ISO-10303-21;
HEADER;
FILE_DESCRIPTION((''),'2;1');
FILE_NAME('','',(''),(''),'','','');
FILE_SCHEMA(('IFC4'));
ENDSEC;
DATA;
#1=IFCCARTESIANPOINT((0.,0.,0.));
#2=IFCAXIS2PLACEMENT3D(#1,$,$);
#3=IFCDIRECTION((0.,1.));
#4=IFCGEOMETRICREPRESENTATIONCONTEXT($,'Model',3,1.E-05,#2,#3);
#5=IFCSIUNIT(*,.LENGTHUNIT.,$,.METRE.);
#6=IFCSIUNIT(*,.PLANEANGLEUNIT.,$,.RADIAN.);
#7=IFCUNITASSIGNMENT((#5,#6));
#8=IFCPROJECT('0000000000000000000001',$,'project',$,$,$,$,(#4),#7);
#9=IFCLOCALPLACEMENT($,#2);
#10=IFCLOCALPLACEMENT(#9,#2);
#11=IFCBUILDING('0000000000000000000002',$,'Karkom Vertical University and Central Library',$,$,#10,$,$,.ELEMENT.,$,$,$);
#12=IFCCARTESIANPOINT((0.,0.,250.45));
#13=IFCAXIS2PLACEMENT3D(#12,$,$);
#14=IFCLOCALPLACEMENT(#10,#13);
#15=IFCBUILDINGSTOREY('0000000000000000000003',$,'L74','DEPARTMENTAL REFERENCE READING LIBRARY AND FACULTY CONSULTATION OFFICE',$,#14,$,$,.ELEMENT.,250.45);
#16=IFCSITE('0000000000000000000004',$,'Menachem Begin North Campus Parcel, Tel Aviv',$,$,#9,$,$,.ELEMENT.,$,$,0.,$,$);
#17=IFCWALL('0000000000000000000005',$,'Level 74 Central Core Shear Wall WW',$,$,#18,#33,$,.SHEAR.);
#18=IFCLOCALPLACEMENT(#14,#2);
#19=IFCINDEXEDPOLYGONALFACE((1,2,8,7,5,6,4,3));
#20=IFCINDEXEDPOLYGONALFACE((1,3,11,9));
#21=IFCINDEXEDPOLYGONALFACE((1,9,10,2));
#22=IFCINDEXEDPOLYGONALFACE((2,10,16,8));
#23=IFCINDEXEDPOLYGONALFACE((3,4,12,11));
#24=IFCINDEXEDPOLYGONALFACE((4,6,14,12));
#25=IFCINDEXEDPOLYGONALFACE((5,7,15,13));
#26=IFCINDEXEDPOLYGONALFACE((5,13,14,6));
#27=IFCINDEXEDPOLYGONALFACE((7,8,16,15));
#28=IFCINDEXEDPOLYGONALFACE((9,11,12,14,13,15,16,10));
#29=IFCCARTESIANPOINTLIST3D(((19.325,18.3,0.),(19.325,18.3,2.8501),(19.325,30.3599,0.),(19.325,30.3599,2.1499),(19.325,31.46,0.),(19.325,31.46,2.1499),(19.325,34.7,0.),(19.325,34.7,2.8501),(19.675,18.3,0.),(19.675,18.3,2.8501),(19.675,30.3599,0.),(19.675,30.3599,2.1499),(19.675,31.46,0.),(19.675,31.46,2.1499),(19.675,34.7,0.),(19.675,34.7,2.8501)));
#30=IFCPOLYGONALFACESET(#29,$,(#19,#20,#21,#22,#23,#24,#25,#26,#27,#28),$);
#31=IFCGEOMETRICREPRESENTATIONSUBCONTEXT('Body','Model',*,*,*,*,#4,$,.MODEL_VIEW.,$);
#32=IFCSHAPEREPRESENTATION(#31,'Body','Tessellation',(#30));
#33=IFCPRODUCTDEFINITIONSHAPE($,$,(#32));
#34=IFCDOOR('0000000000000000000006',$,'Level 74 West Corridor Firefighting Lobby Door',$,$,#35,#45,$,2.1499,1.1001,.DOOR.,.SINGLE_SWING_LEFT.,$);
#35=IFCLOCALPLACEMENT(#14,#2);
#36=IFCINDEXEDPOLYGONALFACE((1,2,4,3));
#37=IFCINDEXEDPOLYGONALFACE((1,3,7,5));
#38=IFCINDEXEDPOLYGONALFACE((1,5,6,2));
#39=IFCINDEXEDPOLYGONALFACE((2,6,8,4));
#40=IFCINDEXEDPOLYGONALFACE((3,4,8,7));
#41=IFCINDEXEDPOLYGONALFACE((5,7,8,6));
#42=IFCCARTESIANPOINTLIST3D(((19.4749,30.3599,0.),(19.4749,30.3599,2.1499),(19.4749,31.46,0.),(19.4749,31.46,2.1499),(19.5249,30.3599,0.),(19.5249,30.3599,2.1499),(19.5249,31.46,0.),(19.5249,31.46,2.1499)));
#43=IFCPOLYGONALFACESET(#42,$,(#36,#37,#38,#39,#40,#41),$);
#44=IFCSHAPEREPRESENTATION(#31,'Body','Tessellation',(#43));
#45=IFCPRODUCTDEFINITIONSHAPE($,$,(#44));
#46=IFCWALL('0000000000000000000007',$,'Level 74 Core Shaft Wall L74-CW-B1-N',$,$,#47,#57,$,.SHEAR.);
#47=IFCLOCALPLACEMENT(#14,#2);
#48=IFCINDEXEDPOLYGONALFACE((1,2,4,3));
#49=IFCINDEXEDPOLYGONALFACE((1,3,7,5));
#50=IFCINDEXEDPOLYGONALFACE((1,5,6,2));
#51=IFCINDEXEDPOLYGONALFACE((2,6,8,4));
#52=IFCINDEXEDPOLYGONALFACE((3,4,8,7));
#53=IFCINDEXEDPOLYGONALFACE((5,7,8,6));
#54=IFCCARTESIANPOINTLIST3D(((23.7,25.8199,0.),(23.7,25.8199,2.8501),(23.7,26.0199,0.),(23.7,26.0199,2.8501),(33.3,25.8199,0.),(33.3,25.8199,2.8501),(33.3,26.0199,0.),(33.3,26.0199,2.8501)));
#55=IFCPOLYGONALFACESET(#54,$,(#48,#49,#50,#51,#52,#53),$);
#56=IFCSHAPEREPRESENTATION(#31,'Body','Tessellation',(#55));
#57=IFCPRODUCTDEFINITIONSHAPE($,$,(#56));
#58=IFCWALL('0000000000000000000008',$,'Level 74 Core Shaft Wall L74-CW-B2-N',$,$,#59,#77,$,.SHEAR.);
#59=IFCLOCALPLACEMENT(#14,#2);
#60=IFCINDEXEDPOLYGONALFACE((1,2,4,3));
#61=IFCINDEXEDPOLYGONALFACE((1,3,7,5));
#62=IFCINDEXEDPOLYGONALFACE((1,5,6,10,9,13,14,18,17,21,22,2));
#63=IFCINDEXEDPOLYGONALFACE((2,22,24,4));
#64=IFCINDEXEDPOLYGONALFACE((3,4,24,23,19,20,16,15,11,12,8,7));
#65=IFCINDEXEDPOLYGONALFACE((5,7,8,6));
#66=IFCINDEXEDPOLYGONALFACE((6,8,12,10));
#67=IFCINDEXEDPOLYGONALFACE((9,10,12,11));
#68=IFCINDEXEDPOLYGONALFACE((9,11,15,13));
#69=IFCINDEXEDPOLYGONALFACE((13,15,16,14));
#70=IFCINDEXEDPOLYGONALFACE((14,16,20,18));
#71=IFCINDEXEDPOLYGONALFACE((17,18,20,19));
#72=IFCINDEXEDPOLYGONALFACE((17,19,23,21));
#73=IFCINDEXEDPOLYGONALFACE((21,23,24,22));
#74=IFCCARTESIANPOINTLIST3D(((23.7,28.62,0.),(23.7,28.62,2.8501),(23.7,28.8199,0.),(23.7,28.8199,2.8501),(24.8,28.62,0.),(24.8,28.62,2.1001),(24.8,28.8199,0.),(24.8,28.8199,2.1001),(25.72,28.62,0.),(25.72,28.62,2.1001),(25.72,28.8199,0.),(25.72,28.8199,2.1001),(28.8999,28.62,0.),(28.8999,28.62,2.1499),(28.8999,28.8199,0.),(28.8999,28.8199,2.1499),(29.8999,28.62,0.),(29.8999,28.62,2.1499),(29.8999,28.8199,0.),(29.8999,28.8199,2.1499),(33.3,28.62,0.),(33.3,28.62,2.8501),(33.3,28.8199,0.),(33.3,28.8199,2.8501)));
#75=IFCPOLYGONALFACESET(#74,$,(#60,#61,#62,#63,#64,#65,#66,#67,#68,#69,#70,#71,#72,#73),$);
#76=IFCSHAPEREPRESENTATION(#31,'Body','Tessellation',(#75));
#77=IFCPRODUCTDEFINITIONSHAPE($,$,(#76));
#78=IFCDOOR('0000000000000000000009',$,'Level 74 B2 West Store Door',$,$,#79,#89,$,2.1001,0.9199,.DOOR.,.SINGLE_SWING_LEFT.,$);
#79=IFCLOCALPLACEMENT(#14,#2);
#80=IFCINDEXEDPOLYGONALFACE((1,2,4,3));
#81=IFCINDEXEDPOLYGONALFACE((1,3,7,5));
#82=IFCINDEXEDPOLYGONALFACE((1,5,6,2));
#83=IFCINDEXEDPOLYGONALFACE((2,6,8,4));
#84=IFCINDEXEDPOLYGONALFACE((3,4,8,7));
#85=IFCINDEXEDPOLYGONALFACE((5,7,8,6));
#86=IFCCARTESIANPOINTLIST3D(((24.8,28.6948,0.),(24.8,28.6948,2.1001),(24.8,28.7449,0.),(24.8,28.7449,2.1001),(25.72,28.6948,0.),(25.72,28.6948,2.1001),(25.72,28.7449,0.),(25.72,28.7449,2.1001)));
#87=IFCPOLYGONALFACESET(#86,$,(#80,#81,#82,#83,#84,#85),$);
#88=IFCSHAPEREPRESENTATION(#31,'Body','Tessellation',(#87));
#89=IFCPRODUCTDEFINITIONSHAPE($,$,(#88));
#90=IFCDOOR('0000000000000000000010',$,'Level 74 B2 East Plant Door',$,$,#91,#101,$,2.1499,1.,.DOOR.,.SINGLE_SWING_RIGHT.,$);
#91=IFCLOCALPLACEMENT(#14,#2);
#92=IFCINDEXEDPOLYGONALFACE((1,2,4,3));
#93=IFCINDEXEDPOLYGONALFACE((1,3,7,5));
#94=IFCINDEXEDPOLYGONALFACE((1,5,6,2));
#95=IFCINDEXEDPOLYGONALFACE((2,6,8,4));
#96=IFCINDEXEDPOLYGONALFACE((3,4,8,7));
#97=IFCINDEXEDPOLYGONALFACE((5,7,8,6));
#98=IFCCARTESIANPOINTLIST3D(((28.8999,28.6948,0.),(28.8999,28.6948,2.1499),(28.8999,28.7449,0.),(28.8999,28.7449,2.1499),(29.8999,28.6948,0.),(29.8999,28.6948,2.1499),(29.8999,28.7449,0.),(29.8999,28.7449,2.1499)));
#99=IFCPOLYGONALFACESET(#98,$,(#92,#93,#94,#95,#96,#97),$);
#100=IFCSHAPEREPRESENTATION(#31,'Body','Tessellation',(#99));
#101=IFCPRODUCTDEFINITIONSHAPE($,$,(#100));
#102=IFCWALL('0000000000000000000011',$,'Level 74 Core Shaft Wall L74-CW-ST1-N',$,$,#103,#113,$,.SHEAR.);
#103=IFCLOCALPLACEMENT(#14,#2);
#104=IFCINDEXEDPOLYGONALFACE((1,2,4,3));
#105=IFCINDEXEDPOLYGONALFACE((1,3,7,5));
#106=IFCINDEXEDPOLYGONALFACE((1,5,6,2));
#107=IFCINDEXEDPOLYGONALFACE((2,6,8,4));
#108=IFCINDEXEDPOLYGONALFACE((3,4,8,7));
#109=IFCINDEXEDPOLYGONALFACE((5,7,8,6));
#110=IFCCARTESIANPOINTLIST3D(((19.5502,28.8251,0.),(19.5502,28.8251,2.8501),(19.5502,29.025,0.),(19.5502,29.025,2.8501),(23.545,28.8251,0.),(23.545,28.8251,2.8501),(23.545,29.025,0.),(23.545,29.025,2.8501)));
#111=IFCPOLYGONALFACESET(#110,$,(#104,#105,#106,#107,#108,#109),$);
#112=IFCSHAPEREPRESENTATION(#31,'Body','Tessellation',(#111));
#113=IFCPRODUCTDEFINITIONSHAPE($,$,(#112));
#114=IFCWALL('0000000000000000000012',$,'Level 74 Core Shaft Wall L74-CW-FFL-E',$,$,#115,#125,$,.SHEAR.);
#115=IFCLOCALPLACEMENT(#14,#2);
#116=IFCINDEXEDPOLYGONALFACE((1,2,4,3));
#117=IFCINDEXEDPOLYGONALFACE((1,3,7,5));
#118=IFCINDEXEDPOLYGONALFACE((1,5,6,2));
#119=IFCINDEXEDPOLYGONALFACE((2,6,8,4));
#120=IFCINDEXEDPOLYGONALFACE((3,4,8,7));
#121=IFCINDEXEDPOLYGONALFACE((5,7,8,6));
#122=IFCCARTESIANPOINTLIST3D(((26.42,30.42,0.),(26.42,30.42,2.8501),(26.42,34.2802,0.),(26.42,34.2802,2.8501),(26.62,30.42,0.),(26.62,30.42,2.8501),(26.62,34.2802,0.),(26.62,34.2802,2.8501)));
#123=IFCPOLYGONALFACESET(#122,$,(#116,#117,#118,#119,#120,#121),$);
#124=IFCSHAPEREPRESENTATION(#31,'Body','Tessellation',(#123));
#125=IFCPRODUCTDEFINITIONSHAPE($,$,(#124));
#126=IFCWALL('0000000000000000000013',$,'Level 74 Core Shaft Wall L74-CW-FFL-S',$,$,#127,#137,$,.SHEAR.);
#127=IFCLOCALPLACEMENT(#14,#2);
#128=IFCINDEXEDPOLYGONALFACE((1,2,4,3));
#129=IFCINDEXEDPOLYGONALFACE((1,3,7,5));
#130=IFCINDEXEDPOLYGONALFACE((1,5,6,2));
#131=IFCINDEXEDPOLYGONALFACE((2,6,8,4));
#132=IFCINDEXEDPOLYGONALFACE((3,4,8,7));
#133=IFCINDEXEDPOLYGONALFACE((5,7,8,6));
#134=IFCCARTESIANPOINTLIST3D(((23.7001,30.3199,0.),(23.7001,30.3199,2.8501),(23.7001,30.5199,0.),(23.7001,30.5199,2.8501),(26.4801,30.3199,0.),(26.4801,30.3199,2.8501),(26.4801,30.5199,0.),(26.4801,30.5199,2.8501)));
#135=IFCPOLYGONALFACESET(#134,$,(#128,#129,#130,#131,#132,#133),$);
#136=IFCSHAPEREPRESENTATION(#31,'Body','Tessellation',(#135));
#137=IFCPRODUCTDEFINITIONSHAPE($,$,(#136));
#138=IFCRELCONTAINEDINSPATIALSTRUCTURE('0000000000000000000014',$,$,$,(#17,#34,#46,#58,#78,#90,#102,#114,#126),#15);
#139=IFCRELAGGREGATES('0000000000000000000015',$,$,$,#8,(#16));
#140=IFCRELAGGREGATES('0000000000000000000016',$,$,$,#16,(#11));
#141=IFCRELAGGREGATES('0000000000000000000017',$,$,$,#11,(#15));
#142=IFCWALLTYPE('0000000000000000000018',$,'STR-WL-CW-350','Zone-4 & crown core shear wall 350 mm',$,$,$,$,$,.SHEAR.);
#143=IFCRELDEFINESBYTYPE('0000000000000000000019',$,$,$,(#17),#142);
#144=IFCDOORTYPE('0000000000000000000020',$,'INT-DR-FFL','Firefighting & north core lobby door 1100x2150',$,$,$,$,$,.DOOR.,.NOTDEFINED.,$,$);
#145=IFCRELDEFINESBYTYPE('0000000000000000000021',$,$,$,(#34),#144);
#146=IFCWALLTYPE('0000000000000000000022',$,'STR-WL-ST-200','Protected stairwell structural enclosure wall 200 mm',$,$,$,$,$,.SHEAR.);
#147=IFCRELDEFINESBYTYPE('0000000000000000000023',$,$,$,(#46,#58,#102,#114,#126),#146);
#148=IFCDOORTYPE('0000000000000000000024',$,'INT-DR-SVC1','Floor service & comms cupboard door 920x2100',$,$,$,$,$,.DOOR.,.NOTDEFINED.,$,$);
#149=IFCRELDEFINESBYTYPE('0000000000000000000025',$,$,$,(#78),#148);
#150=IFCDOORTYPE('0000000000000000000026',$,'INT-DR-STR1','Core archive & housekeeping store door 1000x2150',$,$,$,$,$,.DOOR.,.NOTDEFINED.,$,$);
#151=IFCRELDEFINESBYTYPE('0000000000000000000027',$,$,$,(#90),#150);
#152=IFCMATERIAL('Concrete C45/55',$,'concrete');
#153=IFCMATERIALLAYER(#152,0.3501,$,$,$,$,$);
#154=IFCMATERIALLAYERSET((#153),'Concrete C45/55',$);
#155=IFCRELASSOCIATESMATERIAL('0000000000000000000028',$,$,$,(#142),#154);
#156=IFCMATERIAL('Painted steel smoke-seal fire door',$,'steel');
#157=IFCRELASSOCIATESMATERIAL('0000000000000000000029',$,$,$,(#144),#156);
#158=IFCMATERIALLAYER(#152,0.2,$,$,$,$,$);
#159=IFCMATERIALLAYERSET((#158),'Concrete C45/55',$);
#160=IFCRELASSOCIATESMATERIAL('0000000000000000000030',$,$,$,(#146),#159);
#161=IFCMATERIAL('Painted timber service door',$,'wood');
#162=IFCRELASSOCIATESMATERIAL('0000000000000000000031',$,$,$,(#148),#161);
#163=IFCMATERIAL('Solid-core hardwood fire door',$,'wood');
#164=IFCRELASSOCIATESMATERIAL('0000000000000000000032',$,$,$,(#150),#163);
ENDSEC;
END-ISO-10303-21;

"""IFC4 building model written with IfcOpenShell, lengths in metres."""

from ifc_helpers import new_model, si_unit, direction, frame, frame_2d, origin, origin_with_axes, place, context, subcontext, project, spatial, rectangle, extrude, source, transform, mapped, material, layer, layer_set, type_object, element, fill, save


model = new_model("IFC4")

# Units and contexts
model_context = context("Model", 3, precision=1e-05, world=origin(), true_north=direction((0.0, 1.0)))
body_context = subcontext(model_context, "Body", "Model", "MODEL_VIEW")
ifc_project = project(units=[si_unit("LENGTHUNIT", "METRE"), si_unit("PLANEANGLEUNIT", "RADIAN")], contexts=[model_context])

# Site, building, storey
site_placement = place(None, origin())
site = spatial("IfcSite", under=ifc_project, at=site_placement, Name="Menachem Begin North Campus Parcel, Tel Aviv", CompositionType="ELEMENT", RefElevation=0.0)
building_placement = place(site_placement, origin())
building = spatial("IfcBuilding", under=site, at=building_placement, Name="Karkom Vertical University and Central Library", CompositionType="ELEMENT")
storey_placement = place(building_placement, frame((0.0, 0.0, 250.45)))
storey = spatial("IfcBuildingStorey", under=building, at=storey_placement, Name="L74", Description="DEPARTMENTAL REFERENCE READING LIBRARY AND FACULTY CONSULTATION OFFICE", CompositionType="ELEMENT", Elevation=250.45)

# Shared definitions
ifc_material_1 = material(Name="Concrete C45/55", Category="concrete")

# Wall, opening, door
ifc_layer_1 = layer(ifc_material_1, 0.3501)
ifc_layer_set_1 = layer_set([ifc_layer_1], Name="Concrete C45/55")
wall_type_1 = type_object("IfcWallType", Name="STR-WL-CW-350", Description="Zone-4 & crown core shear wall 350 mm", PredefinedType="SHEAR", material=ifc_layer_set_1)
wall_1_placement = place(storey_placement, frame((19.5, 34.7, 0.0), z_axis=(0.0, 0.0, 1.0), x_axis=(0.0, -1.0, 0.0)))
wall_1 = element("IfcWall", 1, at=wall_1_placement, inside=storey, type_object=wall_type_1, Name="Level 74 Central Core Shear Wall WW", PredefinedType="SHEAR", context=body_context, shape_type="SweptSolid", body=[
    extrude(rectangle(XDim=16.3999, YDim=0.3501, at=frame_2d((8.2, 0.0))), origin(), (0.0, 0.0, 1.0), 2.8501),
])
opening_1_placement = place(wall_1_placement, frame((3.24, 0.0, 0.0)))
opening_1 = element("IfcOpeningElement", 2, at=opening_1_placement, cuts=wall_1, PredefinedType="OPENING", context=body_context, shape_type="SweptSolid", body=[
    extrude(rectangle(XDim=1.1001, YDim=2.1499, at=frame_2d((0.55, 1.075))), frame((0.0, 0.1851, 0.0), z_axis=(0.0, -1.0, 0.0), x_axis=(1.0, 0.0, 0.0)), (0.0, 0.0, 1.0), 0.3701),
])
ifc_material_2 = material(Name="Painted steel smoke-seal fire door", Category="steel")
door_type_1 = type_object("IfcDoorType", Name="INT-DR-FFL", Description="Firefighting & north core lobby door 1100x2150", OperationType="NOTDEFINED", PredefinedType="DOOR", material=ifc_material_2)
shared_shape_1 = source(origin_with_axes(), body_context, "Body", "SweptSolid", [
    extrude(rectangle(XDim=1.1001, YDim=2.1499, at=frame_2d((0.55, 1.075))), frame((0.0, 0.0249, 0.0), z_axis=(0.0, -1.0, 0.0), x_axis=(1.0, 0.0, 0.0)), (0.0, 0.0, 1.0), 0.05),
])
door_1_placement = place(opening_1_placement, origin())
door_1 = element("IfcDoor", 3, at=door_1_placement, inside=storey, type_object=door_type_1, Name="Level 74 West Corridor Firefighting Lobby Door", OperationType="SINGLE_SWING_LEFT", OverallHeight=2.1499, OverallWidth=1.1001, PredefinedType="DOOR", context=body_context, shape_type="MappedRepresentation", body=[
    mapped(shared_shape_1, transform((0.0, 0.0, 0.0), scale=1.0)),
])
fill(opening_1, door_1)

# Wall
ifc_layer_2 = layer(ifc_material_1, 0.2)
ifc_layer_set_2 = layer_set([ifc_layer_2], Name="Concrete C45/55")
wall_type_2 = type_object("IfcWallType", Name="STR-WL-ST-200", Description="Protected stairwell structural enclosure wall 200 mm", PredefinedType="SHEAR", material=ifc_layer_set_2)
wall_2_placement = place(storey_placement, frame((23.7, 25.9199, 0.0), z_axis=(0.0, 0.0, 1.0), x_axis=(1.0, 0.0, 0.0)))
element("IfcWall", 4, at=wall_2_placement, inside=storey, type_object=wall_type_2, Name="Level 74 Core Shaft Wall L74-CW-B1-N", PredefinedType="SHEAR", context=body_context, shape_type="SweptSolid", body=[
    extrude(rectangle(XDim=9.6001, YDim=0.2, at=frame_2d((4.8, 0.0))), origin(), (0.0, 0.0, 1.0), 2.8501),
])

# Wall, openings, doors
wall_3_placement = place(storey_placement, frame((23.7, 28.72, 0.0), z_axis=(0.0, 0.0, 1.0), x_axis=(1.0, 0.0, 0.0)))
wall_3 = element("IfcWall", 5, at=wall_3_placement, inside=storey, type_object=wall_type_2, Name="Level 74 Core Shaft Wall L74-CW-B2-N", PredefinedType="SHEAR", context=body_context, shape_type="SweptSolid", body=[
    extrude(rectangle(XDim=9.6001, YDim=0.2, at=frame_2d((4.8, 0.0))), origin(), (0.0, 0.0, 1.0), 2.8501),
])
opening_2_placement = place(wall_3_placement, frame((1.1001, 0.0, 0.0)))
opening_2 = element("IfcOpeningElement", 6, at=opening_2_placement, cuts=wall_3, PredefinedType="OPENING", context=body_context, shape_type="SweptSolid", body=[
    extrude(rectangle(XDim=0.9199, YDim=2.1001, at=frame_2d((0.46, 1.05))), frame((0.0, 0.1099, 0.0), z_axis=(0.0, -1.0, 0.0), x_axis=(1.0, 0.0, 0.0)), (0.0, 0.0, 1.0), 0.22),
])
opening_3_placement = place(wall_3_placement, frame((5.2, 0.0, 0.0)))
opening_3 = element("IfcOpeningElement", 7, at=opening_3_placement, cuts=wall_3, PredefinedType="OPENING", context=body_context, shape_type="SweptSolid", body=[
    extrude(rectangle(XDim=1.0, YDim=2.1499, at=frame_2d((0.5, 1.075))), frame((0.0, 0.1099, 0.0), z_axis=(0.0, -1.0, 0.0), x_axis=(1.0, 0.0, 0.0)), (0.0, 0.0, 1.0), 0.22),
])
ifc_material_3 = material(Name="Painted timber service door", Category="wood")
door_type_2 = type_object("IfcDoorType", Name="INT-DR-SVC1", Description="Floor service & comms cupboard door 920x2100", OperationType="NOTDEFINED", PredefinedType="DOOR", material=ifc_material_3)
shared_shape_2 = source(origin_with_axes(), body_context, "Body", "SweptSolid", [
    extrude(rectangle(XDim=0.9199, YDim=2.1001, at=frame_2d((0.46, 1.05))), frame((0.0, 0.0249, 0.0), z_axis=(0.0, -1.0, 0.0), x_axis=(1.0, 0.0, 0.0)), (0.0, 0.0, 1.0), 0.05),
])
door_2_placement = place(opening_2_placement, origin())
door_2 = element("IfcDoor", 8, at=door_2_placement, inside=storey, type_object=door_type_2, Name="Level 74 B2 West Store Door", OperationType="SINGLE_SWING_LEFT", OverallHeight=2.1001, OverallWidth=0.9199, PredefinedType="DOOR", context=body_context, shape_type="MappedRepresentation", body=[
    mapped(shared_shape_2, transform((0.0, 0.0, 0.0), scale=1.0)),
])
fill(opening_2, door_2)
ifc_material_4 = material(Name="Solid-core hardwood fire door", Category="wood")
door_type_3 = type_object("IfcDoorType", Name="INT-DR-STR1", Description="Core archive & housekeeping store door 1000x2150", OperationType="NOTDEFINED", PredefinedType="DOOR", material=ifc_material_4)
shared_shape_3 = source(origin_with_axes(), body_context, "Body", "SweptSolid", [
    extrude(rectangle(XDim=1.0, YDim=2.1499, at=frame_2d((0.5, 1.075))), frame((0.0, 0.0249, 0.0), z_axis=(0.0, -1.0, 0.0), x_axis=(1.0, 0.0, 0.0)), (0.0, 0.0, 1.0), 0.05),
])
door_3_placement = place(opening_3_placement, origin())
door_3 = element("IfcDoor", 9, at=door_3_placement, inside=storey, type_object=door_type_3, Name="Level 74 B2 East Plant Door", OperationType="SINGLE_SWING_RIGHT", OverallHeight=2.1499, OverallWidth=1.0, PredefinedType="DOOR", context=body_context, shape_type="MappedRepresentation", body=[
    mapped(shared_shape_3, transform((0.0, 0.0, 0.0), scale=1.0)),
])
fill(opening_3, door_3)

# Walls
wall_4_placement = place(storey_placement, frame((19.55, 28.925, 0.0), z_axis=(0.0, 0.0, 1.0), x_axis=(1.0, 0.0, 0.0)))
element("IfcWall", 10, at=wall_4_placement, inside=storey, type_object=wall_type_2, Name="Level 74 Core Shaft Wall L74-CW-ST1-N", PredefinedType="SHEAR", context=body_context, shape_type="SweptSolid", body=[
    extrude(rectangle(XDim=3.9949, YDim=0.2, at=frame_2d((1.9976, 0.0))), origin(), (0.0, 0.0, 1.0), 2.8501),
])
wall_5_placement = place(storey_placement, frame((26.52, 30.4199, 0.0), z_axis=(0.0, 0.0, 1.0), x_axis=(0.0, 1.0, 0.0)))
element("IfcWall", 11, at=wall_5_placement, inside=storey, type_object=wall_type_2, Name="Level 74 Core Shaft Wall L74-CW-FFL-E", PredefinedType="SHEAR", context=body_context, shape_type="SweptSolid", body=[
    extrude(rectangle(XDim=3.8601, YDim=0.2, at=frame_2d((1.9302, 0.0))), origin(), (0.0, 0.0, 1.0), 2.8501),
])
wall_6_placement = place(storey_placement, frame((23.7, 30.4199, 0.0), z_axis=(0.0, 0.0, 1.0), x_axis=(1.0, 0.0, 0.0)))
element("IfcWall", 12, at=wall_6_placement, inside=storey, type_object=wall_type_2, Name="Level 74 Core Shaft Wall L74-CW-FFL-S", PredefinedType="SHEAR", context=body_context, shape_type="SweptSolid", body=[
    extrude(rectangle(XDim=2.78, YDim=0.2, at=frame_2d((1.3901, 0.0))), origin(), (0.0, 0.0, 1.0), 2.8501),
])

save(model, "model.ifc")
